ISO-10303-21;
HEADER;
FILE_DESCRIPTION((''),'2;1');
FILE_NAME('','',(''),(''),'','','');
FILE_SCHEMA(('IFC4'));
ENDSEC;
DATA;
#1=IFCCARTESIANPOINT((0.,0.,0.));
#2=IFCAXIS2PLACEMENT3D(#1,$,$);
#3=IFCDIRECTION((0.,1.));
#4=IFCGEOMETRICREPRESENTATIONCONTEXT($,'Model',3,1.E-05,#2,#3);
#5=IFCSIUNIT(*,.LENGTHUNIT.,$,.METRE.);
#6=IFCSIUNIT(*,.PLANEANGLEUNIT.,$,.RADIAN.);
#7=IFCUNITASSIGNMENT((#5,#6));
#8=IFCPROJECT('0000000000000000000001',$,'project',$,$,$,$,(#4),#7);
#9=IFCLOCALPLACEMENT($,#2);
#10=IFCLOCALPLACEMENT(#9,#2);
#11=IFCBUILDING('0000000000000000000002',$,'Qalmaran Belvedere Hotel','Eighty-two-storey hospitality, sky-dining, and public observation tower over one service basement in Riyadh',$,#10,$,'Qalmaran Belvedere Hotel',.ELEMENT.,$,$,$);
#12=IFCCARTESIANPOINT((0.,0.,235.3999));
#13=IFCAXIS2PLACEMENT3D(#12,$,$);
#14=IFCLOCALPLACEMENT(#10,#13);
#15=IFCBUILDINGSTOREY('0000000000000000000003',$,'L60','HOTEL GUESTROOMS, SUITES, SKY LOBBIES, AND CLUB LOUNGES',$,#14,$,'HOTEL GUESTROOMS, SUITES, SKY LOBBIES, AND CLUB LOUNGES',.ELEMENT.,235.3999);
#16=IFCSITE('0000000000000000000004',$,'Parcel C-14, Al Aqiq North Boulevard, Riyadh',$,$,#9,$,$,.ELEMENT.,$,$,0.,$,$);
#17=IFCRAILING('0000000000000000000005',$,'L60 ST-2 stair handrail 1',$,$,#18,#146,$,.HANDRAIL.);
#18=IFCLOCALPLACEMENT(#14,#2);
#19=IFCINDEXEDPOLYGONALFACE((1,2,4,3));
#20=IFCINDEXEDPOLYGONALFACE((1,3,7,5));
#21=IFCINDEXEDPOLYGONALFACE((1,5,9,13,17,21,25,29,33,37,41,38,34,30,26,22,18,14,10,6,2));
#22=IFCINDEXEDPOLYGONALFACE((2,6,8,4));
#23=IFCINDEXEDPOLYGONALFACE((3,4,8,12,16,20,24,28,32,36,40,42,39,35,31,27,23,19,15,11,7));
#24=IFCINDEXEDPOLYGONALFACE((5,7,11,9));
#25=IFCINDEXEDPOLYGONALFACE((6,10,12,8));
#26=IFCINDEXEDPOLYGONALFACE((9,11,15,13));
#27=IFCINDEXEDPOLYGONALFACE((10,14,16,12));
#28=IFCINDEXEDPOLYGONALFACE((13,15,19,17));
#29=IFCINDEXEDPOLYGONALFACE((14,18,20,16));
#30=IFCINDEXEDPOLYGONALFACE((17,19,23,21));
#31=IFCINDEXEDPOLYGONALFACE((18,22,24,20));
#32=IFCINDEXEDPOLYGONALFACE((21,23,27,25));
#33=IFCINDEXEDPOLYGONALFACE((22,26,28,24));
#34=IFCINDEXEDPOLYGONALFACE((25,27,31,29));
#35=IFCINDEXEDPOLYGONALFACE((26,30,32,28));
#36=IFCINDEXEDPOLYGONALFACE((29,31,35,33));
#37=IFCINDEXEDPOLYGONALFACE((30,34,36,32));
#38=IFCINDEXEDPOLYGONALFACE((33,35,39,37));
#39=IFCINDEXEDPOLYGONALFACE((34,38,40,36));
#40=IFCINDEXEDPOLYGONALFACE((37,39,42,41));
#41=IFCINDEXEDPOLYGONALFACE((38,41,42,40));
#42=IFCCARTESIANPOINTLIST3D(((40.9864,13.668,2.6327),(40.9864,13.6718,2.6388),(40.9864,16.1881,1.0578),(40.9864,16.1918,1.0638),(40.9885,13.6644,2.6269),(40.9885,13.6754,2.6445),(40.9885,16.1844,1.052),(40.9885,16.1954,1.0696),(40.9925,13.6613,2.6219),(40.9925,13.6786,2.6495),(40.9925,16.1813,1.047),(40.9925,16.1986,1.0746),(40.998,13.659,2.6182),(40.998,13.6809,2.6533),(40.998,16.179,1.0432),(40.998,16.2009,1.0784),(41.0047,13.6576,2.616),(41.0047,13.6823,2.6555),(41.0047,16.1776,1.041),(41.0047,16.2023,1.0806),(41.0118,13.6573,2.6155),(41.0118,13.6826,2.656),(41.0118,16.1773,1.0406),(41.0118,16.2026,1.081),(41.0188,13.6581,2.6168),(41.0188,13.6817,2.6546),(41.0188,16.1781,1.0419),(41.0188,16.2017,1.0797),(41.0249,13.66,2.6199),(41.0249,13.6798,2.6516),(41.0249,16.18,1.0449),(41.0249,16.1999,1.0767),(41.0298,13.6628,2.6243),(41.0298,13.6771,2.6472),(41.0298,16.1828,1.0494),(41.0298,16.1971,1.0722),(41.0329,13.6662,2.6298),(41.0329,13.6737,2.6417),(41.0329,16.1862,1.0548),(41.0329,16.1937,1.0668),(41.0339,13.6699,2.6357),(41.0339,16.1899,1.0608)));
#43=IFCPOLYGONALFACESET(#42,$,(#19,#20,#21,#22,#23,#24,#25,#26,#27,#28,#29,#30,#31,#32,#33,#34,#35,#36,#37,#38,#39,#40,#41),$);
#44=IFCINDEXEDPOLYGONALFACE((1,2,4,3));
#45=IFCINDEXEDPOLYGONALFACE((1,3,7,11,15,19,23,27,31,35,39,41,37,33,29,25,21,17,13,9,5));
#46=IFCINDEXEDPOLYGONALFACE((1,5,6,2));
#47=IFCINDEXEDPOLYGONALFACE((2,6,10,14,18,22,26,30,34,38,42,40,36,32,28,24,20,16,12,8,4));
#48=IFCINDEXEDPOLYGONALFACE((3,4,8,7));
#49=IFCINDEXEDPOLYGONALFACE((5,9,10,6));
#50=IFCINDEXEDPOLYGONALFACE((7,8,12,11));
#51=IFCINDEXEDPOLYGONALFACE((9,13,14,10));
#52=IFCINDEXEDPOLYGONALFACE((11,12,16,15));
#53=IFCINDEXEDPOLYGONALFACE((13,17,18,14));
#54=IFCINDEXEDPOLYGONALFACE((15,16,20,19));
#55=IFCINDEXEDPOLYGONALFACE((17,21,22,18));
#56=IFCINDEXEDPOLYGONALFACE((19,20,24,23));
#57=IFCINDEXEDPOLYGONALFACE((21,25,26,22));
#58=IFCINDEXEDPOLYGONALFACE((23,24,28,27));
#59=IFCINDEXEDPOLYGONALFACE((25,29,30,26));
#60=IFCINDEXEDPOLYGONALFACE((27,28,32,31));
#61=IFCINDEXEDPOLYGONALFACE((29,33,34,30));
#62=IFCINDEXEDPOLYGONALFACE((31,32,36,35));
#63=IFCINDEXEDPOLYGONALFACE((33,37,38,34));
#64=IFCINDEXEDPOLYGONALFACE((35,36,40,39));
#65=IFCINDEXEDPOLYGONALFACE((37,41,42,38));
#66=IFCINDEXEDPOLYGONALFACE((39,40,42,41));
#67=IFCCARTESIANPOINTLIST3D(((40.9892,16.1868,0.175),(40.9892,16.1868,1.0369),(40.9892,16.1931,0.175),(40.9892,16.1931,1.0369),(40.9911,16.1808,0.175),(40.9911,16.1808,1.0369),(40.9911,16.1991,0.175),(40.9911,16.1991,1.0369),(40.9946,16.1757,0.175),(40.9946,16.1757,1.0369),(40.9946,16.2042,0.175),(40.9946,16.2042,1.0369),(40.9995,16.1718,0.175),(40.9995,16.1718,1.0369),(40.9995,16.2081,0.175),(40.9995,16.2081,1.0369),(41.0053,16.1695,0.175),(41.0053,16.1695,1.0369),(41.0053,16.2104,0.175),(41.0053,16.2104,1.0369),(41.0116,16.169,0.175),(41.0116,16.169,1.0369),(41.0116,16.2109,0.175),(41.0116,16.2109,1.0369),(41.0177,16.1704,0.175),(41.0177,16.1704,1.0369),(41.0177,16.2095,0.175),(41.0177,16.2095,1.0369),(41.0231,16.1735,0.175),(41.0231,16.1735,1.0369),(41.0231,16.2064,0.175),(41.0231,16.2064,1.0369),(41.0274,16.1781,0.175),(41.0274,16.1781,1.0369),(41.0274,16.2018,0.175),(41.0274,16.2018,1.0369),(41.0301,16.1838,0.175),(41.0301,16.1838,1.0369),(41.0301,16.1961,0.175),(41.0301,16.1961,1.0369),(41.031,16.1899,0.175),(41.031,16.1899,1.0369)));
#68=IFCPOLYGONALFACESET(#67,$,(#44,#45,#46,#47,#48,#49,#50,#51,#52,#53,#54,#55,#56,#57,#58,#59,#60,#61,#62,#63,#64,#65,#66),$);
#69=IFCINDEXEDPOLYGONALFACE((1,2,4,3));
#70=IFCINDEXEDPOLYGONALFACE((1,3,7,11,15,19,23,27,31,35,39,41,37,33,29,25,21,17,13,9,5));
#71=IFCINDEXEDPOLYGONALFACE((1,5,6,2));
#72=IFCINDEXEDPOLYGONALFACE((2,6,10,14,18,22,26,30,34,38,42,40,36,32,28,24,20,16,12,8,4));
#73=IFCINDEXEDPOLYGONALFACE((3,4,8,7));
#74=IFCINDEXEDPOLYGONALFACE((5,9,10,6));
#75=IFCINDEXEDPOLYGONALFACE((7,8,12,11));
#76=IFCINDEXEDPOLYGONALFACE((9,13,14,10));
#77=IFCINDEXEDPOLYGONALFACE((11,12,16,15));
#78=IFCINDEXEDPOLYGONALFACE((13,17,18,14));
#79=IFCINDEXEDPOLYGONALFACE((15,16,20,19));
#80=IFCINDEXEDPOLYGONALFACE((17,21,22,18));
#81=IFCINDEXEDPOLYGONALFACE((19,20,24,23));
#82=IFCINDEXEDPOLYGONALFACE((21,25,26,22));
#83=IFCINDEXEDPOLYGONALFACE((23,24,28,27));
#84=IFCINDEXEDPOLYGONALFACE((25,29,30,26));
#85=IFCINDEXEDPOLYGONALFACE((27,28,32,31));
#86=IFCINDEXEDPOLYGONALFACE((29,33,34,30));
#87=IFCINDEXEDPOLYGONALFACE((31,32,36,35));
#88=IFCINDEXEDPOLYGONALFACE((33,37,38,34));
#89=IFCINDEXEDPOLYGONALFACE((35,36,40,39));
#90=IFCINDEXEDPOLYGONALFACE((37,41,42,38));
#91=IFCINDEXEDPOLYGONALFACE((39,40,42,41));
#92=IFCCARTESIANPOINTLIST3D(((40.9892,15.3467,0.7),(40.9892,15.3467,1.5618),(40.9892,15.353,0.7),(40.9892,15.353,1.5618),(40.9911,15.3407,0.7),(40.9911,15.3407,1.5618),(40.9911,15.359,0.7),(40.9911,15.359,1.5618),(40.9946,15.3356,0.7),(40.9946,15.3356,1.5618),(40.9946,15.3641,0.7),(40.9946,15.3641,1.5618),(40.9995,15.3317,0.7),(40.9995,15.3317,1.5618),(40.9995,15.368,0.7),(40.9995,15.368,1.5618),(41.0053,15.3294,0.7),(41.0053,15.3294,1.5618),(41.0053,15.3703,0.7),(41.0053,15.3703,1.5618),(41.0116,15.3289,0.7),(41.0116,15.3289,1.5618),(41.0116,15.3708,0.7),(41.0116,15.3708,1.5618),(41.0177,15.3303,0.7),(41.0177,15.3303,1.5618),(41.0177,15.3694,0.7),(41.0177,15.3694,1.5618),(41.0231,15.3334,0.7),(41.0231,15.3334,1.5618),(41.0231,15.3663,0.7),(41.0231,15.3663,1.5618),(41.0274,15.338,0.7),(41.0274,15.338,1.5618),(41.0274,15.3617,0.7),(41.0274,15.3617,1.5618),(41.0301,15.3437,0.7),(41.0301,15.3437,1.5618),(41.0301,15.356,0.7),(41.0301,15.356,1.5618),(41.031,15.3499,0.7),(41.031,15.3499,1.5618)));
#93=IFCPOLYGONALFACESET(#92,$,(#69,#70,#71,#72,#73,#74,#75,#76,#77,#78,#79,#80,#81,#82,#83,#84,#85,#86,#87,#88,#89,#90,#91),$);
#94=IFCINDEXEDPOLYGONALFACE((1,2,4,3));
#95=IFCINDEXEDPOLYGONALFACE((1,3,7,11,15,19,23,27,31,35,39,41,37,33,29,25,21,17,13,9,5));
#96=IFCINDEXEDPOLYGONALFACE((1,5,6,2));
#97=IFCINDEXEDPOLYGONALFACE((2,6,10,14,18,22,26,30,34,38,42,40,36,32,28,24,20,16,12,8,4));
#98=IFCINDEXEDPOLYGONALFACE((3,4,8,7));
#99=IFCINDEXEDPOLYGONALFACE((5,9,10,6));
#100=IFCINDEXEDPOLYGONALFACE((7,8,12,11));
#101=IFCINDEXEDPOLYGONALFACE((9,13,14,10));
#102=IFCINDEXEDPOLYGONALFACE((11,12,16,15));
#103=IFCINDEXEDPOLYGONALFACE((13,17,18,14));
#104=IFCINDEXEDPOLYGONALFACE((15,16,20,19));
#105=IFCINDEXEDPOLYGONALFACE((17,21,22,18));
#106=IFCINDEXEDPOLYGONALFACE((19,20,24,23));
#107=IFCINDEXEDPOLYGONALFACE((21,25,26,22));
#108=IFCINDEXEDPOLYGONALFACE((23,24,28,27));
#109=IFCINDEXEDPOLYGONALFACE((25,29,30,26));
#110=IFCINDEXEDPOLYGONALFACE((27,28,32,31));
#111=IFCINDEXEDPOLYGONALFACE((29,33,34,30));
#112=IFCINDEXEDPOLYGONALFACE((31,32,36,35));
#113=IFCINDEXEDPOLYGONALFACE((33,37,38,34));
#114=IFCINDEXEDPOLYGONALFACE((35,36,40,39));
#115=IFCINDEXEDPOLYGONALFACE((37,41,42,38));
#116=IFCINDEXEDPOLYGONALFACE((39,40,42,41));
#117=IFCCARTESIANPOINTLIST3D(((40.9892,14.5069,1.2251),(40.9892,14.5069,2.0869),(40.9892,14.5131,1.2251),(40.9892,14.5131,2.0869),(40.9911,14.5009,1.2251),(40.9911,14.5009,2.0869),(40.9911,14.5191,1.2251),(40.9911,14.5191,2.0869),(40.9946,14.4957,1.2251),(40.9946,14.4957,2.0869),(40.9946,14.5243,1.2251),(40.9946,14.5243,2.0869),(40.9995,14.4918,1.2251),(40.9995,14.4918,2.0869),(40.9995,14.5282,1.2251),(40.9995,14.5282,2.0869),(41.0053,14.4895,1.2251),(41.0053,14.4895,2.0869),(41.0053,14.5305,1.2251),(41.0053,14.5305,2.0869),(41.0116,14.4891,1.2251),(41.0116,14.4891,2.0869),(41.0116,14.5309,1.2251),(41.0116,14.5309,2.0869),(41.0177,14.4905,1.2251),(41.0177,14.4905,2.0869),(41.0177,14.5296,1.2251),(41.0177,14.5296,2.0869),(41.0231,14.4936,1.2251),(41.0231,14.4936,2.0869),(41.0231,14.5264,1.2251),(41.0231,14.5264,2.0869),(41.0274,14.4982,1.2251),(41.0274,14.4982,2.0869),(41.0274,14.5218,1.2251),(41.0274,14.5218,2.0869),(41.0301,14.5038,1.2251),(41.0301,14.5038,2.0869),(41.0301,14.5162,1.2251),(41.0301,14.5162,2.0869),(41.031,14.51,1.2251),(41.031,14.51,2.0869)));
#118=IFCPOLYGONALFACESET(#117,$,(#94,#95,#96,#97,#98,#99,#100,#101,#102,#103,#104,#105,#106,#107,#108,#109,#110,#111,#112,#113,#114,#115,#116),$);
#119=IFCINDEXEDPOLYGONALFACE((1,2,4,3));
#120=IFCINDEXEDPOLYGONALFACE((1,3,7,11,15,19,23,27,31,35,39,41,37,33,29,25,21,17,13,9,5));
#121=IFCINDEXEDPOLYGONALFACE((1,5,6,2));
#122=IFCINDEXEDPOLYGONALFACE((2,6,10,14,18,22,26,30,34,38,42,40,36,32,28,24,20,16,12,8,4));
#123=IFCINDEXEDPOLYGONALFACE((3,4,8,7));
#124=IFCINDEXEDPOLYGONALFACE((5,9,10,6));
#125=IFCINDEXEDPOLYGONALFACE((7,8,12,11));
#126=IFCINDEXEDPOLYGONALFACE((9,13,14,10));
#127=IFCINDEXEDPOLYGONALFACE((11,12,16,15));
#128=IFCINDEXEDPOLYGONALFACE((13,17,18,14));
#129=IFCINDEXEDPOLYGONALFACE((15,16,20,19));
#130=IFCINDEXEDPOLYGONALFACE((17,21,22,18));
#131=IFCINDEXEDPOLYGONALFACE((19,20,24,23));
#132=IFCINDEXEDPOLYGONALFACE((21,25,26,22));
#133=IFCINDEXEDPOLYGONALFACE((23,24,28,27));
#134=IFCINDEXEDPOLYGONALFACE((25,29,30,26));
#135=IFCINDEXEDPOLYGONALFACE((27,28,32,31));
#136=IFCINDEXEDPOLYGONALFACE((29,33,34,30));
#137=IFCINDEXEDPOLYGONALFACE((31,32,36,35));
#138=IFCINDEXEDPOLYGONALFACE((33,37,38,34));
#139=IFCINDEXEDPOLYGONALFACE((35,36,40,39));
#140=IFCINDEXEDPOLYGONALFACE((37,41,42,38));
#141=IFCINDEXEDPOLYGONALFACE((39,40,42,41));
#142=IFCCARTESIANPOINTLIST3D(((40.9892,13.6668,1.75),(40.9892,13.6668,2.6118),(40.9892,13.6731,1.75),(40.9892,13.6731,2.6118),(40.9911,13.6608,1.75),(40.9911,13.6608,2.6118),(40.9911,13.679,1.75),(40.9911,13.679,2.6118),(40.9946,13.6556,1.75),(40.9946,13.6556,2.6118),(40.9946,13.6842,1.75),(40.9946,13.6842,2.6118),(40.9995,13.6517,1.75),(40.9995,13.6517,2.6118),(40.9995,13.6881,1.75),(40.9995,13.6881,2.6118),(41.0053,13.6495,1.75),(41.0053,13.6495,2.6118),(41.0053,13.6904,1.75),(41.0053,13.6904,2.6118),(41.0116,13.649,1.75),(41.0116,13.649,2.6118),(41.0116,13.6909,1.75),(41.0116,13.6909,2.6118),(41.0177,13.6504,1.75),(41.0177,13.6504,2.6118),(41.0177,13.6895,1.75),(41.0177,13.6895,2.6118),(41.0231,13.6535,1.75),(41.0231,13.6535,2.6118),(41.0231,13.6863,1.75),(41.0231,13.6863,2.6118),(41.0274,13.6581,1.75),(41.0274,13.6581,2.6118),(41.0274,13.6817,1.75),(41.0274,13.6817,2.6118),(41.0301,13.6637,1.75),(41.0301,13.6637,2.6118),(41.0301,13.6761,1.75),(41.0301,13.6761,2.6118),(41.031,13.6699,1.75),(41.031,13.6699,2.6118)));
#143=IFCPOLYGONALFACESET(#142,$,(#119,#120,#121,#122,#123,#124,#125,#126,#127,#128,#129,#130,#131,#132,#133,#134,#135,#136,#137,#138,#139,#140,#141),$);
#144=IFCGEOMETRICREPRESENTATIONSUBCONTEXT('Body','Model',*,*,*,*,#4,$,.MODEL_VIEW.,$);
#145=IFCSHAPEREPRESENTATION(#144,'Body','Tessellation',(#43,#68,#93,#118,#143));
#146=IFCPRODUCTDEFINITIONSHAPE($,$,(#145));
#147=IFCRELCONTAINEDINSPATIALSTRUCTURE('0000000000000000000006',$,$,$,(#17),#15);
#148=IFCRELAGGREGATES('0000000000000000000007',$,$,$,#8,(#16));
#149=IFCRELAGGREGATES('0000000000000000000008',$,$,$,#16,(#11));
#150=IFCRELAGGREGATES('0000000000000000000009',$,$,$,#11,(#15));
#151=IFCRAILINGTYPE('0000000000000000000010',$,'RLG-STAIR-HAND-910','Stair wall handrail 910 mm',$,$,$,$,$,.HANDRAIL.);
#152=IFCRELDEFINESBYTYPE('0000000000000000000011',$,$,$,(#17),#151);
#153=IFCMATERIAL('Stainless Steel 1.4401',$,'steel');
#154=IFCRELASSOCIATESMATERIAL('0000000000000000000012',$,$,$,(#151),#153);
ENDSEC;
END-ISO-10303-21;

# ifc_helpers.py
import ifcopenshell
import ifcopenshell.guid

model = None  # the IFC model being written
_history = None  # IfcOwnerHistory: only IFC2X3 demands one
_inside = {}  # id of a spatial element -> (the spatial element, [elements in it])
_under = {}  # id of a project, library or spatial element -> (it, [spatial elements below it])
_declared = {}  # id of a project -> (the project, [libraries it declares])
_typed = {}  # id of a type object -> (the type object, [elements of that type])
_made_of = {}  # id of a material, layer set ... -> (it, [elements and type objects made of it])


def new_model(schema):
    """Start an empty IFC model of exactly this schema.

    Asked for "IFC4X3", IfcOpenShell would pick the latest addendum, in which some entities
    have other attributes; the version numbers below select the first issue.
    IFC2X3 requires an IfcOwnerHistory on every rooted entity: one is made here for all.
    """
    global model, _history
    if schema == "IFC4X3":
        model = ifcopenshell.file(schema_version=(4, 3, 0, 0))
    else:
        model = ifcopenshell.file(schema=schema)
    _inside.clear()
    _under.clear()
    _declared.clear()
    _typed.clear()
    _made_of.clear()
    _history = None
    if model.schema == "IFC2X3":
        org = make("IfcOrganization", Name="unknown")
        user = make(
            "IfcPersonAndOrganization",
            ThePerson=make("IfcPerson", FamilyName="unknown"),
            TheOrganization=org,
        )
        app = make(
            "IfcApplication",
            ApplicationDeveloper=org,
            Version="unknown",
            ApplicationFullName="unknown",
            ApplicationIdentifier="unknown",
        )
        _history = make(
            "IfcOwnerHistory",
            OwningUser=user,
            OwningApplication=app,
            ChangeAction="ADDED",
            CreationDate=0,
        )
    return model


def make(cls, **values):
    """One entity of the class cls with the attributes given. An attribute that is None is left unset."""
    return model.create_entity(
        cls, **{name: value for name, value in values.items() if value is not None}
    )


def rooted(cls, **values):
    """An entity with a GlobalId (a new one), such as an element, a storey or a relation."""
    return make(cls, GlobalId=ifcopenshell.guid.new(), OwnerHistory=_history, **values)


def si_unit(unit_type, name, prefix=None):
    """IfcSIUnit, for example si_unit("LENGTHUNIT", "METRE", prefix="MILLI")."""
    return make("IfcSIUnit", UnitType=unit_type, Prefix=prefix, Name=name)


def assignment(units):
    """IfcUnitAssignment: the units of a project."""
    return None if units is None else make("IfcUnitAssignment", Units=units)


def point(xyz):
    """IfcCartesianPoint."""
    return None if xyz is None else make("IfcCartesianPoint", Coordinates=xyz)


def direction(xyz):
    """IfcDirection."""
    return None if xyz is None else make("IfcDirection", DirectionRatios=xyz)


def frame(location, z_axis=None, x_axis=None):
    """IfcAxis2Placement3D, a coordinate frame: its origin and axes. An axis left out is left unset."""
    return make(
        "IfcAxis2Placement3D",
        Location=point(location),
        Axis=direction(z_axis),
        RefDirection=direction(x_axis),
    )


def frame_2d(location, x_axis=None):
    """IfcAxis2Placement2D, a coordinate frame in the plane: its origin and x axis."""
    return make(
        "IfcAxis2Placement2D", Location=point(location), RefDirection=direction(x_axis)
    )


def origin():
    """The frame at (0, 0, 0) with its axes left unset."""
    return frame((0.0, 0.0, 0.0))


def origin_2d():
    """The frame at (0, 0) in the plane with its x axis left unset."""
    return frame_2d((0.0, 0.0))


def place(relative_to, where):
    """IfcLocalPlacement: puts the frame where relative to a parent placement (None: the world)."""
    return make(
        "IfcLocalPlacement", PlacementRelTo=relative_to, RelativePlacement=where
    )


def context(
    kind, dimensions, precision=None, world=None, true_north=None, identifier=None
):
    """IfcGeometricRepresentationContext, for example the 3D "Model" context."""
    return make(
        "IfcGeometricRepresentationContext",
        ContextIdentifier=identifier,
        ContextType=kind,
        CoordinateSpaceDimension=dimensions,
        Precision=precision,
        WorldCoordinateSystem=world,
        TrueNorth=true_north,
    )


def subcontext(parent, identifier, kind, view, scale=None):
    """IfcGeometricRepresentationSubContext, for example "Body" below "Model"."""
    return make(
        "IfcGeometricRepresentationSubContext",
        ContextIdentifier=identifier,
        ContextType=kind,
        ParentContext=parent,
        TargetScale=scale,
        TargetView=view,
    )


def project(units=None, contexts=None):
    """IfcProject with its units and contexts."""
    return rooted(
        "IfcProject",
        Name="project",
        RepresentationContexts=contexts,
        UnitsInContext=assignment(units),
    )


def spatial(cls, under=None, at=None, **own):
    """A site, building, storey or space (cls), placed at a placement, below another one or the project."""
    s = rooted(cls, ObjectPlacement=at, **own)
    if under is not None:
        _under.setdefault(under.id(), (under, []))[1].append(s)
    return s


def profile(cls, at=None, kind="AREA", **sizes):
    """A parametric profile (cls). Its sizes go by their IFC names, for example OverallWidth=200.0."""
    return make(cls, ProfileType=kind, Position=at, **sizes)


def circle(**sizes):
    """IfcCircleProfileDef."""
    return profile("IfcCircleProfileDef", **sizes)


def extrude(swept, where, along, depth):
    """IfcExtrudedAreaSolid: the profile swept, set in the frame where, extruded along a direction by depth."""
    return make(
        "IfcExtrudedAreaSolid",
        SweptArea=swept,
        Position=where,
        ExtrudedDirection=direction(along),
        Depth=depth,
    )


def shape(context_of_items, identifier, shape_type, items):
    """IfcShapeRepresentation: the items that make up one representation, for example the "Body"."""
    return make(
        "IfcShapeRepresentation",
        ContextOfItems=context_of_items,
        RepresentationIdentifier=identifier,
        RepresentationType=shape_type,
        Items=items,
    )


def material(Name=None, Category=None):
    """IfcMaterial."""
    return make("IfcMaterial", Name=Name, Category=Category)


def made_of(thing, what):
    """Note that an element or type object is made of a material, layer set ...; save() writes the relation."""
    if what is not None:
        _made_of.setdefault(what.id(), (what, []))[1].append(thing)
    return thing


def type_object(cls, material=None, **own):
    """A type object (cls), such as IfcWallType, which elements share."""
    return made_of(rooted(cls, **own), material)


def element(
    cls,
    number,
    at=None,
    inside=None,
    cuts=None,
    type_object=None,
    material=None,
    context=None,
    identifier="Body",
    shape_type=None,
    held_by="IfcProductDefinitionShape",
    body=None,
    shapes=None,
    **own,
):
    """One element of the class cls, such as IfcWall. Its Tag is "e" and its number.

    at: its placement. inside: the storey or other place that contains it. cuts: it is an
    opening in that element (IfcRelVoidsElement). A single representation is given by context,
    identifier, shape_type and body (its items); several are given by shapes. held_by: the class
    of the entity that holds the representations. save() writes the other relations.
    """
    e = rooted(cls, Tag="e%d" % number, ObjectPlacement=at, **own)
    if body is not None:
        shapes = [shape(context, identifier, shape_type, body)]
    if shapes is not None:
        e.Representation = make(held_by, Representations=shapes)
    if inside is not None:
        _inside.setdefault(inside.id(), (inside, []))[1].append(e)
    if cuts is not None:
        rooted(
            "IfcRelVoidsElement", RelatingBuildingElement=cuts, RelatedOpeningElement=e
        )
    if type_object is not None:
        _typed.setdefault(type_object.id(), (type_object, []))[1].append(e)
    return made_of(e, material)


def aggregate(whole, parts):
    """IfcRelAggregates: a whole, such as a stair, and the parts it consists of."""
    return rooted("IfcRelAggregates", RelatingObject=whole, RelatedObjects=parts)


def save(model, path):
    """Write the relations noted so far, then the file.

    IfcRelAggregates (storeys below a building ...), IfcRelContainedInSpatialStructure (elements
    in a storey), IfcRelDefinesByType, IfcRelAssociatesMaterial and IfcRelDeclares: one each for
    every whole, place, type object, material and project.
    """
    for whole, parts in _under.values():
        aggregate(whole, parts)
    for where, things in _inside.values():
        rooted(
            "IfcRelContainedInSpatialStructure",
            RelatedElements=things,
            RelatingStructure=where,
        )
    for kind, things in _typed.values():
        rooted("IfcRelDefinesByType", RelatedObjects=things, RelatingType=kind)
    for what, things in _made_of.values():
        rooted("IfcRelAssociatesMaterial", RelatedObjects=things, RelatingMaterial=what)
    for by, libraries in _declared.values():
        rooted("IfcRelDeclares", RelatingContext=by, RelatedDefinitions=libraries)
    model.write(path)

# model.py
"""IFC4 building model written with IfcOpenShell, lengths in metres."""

from ifc_helpers import new_model, si_unit, direction, frame, origin, origin_2d, place, context, subcontext, project, spatial, circle, extrude, material, type_object, element, save


model = new_model("IFC4")

# Units and contexts
model_context = context("Model", 3, precision=1e-05, world=origin(), true_north=direction((0.0, 1.0)))
body_context = subcontext(model_context, "Body", "Model", "MODEL_VIEW")
ifc_project = project(units=[si_unit("LENGTHUNIT", "METRE"), si_unit("PLANEANGLEUNIT", "RADIAN")], contexts=[model_context])

# Site, building, storey
site_placement = place(None, origin())
site = spatial("IfcSite", under=ifc_project, at=site_placement, Name="Parcel C-14, Al Aqiq North Boulevard, Riyadh", CompositionType="ELEMENT", RefElevation=0.0)
building_placement = place(site_placement, origin())
building = spatial("IfcBuilding", under=site, at=building_placement, Name="Qalmaran Belvedere Hotel", Description="Eighty-two-storey hospitality, sky-dining, and public observation tower over one service basement in Riyadh", LongName="Qalmaran Belvedere Hotel", CompositionType="ELEMENT")
storey_placement = place(building_placement, frame((0.0, 0.0, 235.3999)))
storey = spatial("IfcBuildingStorey", under=building, at=storey_placement, Name="L60", Description="HOTEL GUESTROOMS, SUITES, SKY LOBBIES, AND CLUB LOUNGES", LongName="HOTEL GUESTROOMS, SUITES, SKY LOBBIES, AND CLUB LOUNGES", CompositionType="ELEMENT", Elevation=235.3999)

# Shared definitions
ifc_material_1 = material(Name="Stainless Steel 1.4401", Category="steel")

# Railing
railing_type_1 = type_object("IfcRailingType", Name="RLG-STAIR-HAND-910", Description="Stair wall handrail 910 mm", PredefinedType="HANDRAIL", material=ifc_material_1)
railing_1_placement = place(storey_placement, frame((41.01, 16.1899, 0.175)))
element("IfcRailing", 1, at=railing_1_placement, inside=storey, type_object=railing_type_1, Name="L60 ST-2 stair handrail 1", PredefinedType="HANDRAIL", context=body_context, shape_type="SweptSolid", body=[
    extrude(circle(Radius=0.0239, at=origin_2d()), frame((0.0, 0.0, 0.8857), z_axis=(0.0, -0.848008, 0.529984), x_axis=(1.0, 0.0, 0.0)), (0.0, 0.0, 1.0), 2.9717),
    extrude(circle(Radius=0.021, at=origin_2d()), origin(), (0.0, 0.0, 1.0), 0.8618),
    extrude(circle(Radius=0.021, at=origin_2d()), frame((0.0, -0.8401, 0.5249)), (0.0, 0.0, 1.0), 0.8618),
    extrude(circle(Radius=0.021, at=origin_2d()), frame((0.0, -1.6799, 1.05)), (0.0, 0.0, 1.0), 0.8618),
    extrude(circle(Radius=0.021, at=origin_2d()), frame((0.0, -2.52, 1.575)), (0.0, 0.0, 1.0), 0.8618),
])

save(model, "model.ifc")
